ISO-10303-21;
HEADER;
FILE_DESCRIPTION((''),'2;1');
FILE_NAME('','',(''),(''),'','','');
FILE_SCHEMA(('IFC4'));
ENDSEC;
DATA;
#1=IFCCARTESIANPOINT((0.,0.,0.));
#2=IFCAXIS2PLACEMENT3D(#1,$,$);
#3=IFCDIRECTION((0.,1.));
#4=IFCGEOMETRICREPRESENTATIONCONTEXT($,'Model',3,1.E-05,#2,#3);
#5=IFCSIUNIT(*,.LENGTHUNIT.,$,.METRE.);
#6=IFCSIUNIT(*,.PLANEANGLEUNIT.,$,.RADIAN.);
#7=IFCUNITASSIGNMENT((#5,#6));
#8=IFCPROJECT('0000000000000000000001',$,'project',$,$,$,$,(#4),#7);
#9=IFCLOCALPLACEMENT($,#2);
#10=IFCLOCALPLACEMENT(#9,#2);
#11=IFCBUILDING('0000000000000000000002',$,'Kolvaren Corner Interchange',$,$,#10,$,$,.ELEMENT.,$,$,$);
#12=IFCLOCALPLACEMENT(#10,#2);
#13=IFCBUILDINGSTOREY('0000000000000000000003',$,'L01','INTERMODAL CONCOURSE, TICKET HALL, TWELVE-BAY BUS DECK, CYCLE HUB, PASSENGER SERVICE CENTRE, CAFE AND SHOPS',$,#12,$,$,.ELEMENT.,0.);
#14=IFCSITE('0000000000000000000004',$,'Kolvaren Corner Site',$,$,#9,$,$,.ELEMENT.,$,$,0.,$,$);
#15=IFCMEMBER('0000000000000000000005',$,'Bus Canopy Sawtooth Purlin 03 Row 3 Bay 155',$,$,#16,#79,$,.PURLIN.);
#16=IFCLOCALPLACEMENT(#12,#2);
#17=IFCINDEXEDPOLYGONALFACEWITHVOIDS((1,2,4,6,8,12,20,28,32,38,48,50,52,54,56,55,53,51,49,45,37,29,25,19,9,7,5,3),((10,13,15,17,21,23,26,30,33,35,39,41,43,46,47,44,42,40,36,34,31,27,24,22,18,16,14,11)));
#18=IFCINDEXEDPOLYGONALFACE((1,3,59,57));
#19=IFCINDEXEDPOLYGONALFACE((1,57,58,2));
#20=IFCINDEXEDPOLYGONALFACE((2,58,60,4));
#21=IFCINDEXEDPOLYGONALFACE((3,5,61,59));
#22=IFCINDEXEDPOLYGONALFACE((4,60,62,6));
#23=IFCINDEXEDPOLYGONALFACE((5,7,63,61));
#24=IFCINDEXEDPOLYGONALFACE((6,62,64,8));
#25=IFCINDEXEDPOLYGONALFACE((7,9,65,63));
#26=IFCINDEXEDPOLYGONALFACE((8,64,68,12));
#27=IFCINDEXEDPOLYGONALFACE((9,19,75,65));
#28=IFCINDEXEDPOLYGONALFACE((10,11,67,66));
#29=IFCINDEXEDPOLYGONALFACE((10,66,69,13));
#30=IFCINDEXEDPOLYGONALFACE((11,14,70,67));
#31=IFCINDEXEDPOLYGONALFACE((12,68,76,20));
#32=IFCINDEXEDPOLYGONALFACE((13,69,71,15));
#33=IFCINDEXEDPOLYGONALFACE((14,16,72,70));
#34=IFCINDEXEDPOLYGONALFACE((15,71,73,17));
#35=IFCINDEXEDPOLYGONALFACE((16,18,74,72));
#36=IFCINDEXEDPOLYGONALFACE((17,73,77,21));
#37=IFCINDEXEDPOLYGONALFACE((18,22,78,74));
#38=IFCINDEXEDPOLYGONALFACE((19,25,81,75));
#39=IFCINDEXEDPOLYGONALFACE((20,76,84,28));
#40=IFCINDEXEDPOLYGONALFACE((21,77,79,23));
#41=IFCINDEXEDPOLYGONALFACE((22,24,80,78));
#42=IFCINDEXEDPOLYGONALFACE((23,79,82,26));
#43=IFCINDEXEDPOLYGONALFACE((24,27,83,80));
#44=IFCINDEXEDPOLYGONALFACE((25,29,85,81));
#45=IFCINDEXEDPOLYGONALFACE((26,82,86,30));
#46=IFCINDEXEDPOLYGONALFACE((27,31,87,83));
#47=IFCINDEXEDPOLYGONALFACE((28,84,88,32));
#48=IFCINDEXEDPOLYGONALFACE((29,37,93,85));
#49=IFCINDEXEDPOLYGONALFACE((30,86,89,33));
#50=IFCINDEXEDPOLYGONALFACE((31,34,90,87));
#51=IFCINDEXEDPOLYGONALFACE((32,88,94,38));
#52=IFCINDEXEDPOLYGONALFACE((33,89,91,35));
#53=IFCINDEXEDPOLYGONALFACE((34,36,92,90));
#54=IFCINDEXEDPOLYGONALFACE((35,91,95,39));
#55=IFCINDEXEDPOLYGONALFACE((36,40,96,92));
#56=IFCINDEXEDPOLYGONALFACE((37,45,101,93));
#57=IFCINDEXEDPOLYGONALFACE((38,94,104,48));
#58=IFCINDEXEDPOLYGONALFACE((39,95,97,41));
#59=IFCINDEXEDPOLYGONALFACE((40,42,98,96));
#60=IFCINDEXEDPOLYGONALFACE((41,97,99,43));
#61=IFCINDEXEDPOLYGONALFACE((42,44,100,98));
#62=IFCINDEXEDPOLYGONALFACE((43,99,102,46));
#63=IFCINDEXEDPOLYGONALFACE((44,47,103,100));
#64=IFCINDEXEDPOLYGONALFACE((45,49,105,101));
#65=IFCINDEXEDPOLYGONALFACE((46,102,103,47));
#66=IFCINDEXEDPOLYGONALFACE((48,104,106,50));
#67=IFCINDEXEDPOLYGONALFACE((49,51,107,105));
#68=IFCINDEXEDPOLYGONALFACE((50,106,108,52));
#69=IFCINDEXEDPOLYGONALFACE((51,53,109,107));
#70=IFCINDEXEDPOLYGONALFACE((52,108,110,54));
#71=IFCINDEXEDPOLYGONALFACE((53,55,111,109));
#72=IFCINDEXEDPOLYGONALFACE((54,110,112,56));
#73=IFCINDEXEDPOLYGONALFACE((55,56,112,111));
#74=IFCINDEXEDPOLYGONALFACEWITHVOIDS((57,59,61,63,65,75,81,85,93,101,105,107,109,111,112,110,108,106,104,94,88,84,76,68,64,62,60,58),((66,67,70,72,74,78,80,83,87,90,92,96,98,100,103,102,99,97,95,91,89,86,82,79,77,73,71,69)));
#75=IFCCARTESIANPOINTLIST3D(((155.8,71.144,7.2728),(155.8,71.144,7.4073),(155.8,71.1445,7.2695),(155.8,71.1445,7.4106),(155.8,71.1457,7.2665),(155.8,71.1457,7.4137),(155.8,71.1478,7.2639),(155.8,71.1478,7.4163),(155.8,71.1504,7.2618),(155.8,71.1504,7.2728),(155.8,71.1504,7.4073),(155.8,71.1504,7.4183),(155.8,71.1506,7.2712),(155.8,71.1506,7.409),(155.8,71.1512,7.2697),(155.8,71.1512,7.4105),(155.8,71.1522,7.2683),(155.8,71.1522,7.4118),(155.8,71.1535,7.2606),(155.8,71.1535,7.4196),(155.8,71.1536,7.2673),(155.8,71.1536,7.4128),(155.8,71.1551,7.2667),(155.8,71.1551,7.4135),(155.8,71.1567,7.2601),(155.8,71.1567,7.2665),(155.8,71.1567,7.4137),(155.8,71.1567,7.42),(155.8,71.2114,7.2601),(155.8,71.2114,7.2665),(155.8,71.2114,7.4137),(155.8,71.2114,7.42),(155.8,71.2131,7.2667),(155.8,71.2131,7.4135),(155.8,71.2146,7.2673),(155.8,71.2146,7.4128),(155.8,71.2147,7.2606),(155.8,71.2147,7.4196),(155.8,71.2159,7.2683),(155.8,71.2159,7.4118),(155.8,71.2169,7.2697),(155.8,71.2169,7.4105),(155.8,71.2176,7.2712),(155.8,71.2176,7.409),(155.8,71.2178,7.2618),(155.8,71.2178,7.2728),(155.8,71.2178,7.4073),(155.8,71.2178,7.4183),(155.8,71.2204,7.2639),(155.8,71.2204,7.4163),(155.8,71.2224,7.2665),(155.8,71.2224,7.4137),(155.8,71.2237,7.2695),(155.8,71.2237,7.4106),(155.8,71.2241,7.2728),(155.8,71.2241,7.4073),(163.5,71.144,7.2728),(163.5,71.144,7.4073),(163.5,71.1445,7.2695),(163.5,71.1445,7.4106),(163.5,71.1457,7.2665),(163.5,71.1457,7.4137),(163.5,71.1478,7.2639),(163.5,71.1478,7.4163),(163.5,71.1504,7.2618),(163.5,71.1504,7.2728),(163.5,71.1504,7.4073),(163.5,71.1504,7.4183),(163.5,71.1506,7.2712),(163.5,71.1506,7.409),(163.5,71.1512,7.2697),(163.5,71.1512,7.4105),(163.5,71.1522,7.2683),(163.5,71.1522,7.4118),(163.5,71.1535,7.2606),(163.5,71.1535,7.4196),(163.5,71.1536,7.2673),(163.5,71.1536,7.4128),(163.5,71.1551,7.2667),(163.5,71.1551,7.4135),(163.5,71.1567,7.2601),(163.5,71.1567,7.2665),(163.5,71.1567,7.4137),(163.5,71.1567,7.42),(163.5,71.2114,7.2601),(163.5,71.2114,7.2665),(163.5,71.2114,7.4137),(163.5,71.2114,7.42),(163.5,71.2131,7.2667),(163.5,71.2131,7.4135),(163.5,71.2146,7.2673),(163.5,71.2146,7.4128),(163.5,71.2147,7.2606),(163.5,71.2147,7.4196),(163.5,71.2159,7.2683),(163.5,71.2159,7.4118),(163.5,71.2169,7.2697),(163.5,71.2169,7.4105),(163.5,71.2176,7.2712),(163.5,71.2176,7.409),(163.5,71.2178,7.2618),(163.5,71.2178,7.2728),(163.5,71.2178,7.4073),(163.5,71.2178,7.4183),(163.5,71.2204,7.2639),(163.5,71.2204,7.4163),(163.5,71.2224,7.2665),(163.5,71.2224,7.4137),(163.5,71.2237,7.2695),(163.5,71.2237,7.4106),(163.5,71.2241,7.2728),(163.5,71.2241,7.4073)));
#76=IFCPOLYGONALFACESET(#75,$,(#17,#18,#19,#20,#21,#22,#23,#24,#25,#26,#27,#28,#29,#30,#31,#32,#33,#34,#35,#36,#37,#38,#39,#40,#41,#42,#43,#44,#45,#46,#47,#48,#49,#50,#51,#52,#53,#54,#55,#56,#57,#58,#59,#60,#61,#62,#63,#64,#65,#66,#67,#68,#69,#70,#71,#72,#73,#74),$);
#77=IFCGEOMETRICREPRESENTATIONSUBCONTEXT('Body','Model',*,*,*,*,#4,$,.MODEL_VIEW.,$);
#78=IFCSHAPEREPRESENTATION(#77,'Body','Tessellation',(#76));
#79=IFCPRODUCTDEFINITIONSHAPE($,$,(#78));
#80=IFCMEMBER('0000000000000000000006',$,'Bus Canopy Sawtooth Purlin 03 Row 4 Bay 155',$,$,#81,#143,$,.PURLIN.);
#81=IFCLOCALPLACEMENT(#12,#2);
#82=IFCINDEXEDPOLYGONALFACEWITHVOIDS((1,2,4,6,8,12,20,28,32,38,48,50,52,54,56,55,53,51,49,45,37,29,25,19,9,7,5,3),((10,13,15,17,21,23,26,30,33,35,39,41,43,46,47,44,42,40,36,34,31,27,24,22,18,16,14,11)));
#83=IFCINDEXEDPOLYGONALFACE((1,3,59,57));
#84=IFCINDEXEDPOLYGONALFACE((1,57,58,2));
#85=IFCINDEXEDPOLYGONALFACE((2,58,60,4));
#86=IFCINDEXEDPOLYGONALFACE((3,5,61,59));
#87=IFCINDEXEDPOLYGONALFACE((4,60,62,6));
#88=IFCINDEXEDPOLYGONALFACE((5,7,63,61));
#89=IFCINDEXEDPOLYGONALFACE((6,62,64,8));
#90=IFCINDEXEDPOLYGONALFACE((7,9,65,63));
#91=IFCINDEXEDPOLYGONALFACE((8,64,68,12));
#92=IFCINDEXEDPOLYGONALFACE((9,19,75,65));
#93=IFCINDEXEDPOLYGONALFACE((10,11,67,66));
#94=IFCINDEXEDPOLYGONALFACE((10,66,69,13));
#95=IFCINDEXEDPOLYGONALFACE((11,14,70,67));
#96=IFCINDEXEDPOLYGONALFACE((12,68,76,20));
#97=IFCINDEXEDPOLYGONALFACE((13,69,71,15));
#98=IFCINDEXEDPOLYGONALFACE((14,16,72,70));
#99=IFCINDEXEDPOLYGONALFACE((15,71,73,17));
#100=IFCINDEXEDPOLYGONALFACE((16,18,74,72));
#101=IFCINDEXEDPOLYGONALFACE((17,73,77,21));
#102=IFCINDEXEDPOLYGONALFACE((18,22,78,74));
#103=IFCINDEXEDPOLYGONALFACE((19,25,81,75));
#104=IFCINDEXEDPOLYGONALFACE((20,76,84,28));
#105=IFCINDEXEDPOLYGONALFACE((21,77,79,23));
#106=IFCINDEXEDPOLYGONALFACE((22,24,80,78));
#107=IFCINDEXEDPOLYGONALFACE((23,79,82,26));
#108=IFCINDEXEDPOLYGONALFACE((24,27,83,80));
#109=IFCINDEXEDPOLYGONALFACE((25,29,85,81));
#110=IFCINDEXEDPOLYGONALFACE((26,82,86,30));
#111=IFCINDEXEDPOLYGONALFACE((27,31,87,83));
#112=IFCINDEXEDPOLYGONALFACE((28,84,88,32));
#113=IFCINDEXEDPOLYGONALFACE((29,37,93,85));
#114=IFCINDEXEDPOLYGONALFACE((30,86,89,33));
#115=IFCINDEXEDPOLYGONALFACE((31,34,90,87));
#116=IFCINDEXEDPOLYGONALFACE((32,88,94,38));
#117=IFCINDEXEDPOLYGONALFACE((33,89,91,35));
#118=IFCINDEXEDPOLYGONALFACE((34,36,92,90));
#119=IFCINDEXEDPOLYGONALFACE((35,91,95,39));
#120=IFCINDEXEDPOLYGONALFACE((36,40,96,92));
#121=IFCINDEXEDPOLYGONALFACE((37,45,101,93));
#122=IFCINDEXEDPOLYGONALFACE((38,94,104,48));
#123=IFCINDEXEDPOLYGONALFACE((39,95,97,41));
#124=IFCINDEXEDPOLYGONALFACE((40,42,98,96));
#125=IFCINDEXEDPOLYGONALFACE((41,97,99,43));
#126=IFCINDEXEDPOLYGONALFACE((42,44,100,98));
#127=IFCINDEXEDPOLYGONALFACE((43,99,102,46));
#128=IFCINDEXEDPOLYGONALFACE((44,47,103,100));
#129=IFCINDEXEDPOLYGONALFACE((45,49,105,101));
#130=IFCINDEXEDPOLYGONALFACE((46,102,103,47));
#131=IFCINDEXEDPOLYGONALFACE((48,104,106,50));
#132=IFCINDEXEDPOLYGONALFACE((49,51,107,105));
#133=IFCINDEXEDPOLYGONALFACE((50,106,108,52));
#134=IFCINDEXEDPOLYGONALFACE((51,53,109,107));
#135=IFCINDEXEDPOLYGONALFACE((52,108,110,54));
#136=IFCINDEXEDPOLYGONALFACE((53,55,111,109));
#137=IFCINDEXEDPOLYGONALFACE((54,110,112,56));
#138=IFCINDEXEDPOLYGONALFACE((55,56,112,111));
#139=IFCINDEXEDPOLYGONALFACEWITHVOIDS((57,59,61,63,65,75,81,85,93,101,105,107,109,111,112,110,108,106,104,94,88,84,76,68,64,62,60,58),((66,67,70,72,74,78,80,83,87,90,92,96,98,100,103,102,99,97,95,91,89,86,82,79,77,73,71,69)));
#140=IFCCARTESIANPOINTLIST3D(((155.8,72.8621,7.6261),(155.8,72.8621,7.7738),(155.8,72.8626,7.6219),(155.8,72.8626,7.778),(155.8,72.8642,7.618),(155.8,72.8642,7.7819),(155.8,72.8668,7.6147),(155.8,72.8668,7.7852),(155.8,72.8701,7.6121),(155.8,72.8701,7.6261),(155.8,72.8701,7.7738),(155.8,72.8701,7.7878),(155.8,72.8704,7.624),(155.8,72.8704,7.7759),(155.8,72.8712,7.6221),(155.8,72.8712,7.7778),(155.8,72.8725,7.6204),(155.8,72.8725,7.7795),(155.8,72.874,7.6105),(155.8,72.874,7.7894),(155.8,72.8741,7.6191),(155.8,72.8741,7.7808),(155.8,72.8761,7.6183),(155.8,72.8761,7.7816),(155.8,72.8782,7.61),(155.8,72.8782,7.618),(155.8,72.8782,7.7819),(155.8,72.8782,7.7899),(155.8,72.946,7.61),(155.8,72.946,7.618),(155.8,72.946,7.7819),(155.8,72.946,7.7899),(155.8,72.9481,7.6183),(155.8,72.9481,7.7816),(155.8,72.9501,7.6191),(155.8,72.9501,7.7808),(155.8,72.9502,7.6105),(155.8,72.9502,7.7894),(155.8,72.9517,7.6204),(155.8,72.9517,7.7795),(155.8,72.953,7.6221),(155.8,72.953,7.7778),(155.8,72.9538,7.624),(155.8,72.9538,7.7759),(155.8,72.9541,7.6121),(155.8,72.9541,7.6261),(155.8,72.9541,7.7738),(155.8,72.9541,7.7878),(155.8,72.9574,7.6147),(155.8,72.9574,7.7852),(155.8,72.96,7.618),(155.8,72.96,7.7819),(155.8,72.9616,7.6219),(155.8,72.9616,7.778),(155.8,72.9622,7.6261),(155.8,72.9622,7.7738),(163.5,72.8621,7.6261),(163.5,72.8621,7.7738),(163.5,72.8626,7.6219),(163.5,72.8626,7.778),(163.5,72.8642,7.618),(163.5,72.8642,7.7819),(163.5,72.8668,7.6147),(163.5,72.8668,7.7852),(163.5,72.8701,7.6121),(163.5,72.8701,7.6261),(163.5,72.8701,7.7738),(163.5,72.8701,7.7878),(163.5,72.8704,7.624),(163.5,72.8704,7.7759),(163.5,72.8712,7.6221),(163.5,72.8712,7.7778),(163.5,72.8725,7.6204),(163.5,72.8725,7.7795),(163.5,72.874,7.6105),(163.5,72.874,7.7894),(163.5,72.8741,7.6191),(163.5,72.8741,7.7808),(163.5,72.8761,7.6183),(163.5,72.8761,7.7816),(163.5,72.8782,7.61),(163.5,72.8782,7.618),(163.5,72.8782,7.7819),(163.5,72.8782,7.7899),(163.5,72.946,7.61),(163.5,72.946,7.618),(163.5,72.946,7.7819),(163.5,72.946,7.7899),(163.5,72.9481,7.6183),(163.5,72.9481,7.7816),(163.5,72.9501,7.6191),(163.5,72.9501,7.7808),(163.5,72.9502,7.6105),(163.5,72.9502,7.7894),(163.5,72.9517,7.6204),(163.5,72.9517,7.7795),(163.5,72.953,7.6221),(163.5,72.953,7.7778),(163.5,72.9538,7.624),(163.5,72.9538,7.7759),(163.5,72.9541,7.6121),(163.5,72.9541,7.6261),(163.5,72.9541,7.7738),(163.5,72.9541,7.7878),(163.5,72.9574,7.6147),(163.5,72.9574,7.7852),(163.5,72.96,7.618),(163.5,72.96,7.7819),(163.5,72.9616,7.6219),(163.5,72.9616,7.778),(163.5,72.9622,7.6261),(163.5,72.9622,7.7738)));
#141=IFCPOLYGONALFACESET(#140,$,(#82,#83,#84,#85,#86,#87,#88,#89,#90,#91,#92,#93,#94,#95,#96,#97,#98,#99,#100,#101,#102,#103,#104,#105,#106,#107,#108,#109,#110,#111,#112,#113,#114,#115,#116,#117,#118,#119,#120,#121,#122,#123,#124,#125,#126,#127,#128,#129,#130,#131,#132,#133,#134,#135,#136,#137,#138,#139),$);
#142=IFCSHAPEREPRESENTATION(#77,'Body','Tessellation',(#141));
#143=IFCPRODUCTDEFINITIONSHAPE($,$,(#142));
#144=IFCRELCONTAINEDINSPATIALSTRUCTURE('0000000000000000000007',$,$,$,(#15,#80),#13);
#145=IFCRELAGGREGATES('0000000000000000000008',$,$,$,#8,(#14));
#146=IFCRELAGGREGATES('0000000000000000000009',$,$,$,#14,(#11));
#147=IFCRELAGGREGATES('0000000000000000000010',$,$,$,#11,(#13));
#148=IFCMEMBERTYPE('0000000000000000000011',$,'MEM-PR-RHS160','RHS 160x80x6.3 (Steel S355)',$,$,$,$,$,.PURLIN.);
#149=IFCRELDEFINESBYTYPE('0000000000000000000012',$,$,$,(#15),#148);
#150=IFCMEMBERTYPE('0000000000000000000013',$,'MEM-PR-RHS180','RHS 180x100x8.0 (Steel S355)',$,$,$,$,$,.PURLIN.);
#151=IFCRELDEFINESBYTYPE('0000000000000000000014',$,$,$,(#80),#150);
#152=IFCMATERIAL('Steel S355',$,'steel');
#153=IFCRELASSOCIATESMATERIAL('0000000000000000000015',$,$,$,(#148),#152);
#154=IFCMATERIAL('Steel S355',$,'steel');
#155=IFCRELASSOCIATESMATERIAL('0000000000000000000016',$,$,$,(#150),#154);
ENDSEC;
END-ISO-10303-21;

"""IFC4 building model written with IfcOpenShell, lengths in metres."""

from ifc_helpers import new_model, si_unit, direction, frame, origin, origin_2d, place, context, subcontext, project, spatial, hollow_rectangle, extrude, material, material_profile, profile_set, type_object, element, save


model = new_model("IFC4")

# Units and contexts
model_context = context("Model", 3, precision=1e-05, world=origin(), true_north=direction((0.0, 1.0)))
body_context = subcontext(model_context, "Body", "Model", "MODEL_VIEW")
ifc_project = project(units=[si_unit("LENGTHUNIT", "METRE"), si_unit("PLANEANGLEUNIT", "RADIAN")], contexts=[model_context])

# Site, building, storey
site_placement = place(None, origin())
site = spatial("IfcSite", under=ifc_project, at=site_placement, Name="Kolvaren Corner Site", CompositionType="ELEMENT", RefElevation=0.0)
building_placement = place(site_placement, origin())
building = spatial("IfcBuilding", under=site, at=building_placement, Name="Kolvaren Corner Interchange", CompositionType="ELEMENT")
storey_placement = place(building_placement, origin())
storey = spatial("IfcBuildingStorey", under=building, at=storey_placement, Name="L01", Description="INTERMODAL CONCOURSE, TICKET HALL, TWELVE-BAY BUS DECK, CYCLE HUB, PASSENGER SERVICE CENTRE, CAFE AND SHOPS", CompositionType="ELEMENT", Elevation=0.0)

# Members
ifc_material_1 = material(Name="Steel S355", Category="steel")
ifc_material_profile_1 = material_profile(ifc_material_1, hollow_rectangle(XDim=0.0801, YDim=0.1599, WallThickness=0.0063, InnerFilletRadius=0.0063, OuterFilletRadius=0.0127, at=origin_2d()), Name="RHS 160x80x6.3")
ifc_profile_set_1 = profile_set([ifc_material_profile_1], Name="Steel S355")
member_type_1 = type_object("IfcMemberType", Name="MEM-PR-RHS160", Description="RHS 160x80x6.3 (Steel S355)", PredefinedType="PURLIN", material=ifc_profile_set_1)
member_1_placement = place(storey_placement, frame((155.8, 71.1841, 7.3401), z_axis=(1.0, 0.0, 0.0), x_axis=(0.0, 1.0, 0.0)))
element("IfcMember", 1, at=member_1_placement, inside=storey, type_object=member_type_1, Name="Bus Canopy Sawtooth Purlin 03 Row 3 Bay 155", PredefinedType="PURLIN", context=body_context, shape_type="SweptSolid", body=[
    extrude(hollow_rectangle(XDim=0.0801, YDim=0.1599, WallThickness=0.0063, InnerFilletRadius=0.0063, OuterFilletRadius=0.0127, at=origin_2d()), origin(), (0.0, 0.0, 1.0), 7.7),
])
ifc_material_2 = material(Name="Steel S355", Category="steel")
ifc_material_profile_2 = material_profile(ifc_material_2, hollow_rectangle(XDim=0.1001, YDim=0.1799, WallThickness=0.0081, InnerFilletRadius=0.0081, OuterFilletRadius=0.0161, at=origin_2d()), Name="RHS 180x100x8.0")
ifc_profile_set_2 = profile_set([ifc_material_profile_2], Name="Steel S355")
member_type_2 = type_object("IfcMemberType", Name="MEM-PR-RHS180", Description="RHS 180x100x8.0 (Steel S355)", PredefinedType="PURLIN", material=ifc_profile_set_2)
member_2_placement = place(storey_placement, frame((155.8, 72.9121, 7.7), z_axis=(1.0, 0.0, 0.0), x_axis=(0.0, 1.0, 0.0)))
element("IfcMember", 2, at=member_2_placement, inside=storey, type_object=member_type_2, Name="Bus Canopy Sawtooth Purlin 03 Row 4 Bay 155", PredefinedType="PURLIN", context=body_context, shape_type="SweptSolid", body=[
    extrude(hollow_rectangle(XDim=0.1001, YDim=0.1799, WallThickness=0.0081, InnerFilletRadius=0.0081, OuterFilletRadius=0.0161, at=origin_2d()), origin(), (0.0, 0.0, 1.0), 7.7),
])

save(model, "model.ifc")
